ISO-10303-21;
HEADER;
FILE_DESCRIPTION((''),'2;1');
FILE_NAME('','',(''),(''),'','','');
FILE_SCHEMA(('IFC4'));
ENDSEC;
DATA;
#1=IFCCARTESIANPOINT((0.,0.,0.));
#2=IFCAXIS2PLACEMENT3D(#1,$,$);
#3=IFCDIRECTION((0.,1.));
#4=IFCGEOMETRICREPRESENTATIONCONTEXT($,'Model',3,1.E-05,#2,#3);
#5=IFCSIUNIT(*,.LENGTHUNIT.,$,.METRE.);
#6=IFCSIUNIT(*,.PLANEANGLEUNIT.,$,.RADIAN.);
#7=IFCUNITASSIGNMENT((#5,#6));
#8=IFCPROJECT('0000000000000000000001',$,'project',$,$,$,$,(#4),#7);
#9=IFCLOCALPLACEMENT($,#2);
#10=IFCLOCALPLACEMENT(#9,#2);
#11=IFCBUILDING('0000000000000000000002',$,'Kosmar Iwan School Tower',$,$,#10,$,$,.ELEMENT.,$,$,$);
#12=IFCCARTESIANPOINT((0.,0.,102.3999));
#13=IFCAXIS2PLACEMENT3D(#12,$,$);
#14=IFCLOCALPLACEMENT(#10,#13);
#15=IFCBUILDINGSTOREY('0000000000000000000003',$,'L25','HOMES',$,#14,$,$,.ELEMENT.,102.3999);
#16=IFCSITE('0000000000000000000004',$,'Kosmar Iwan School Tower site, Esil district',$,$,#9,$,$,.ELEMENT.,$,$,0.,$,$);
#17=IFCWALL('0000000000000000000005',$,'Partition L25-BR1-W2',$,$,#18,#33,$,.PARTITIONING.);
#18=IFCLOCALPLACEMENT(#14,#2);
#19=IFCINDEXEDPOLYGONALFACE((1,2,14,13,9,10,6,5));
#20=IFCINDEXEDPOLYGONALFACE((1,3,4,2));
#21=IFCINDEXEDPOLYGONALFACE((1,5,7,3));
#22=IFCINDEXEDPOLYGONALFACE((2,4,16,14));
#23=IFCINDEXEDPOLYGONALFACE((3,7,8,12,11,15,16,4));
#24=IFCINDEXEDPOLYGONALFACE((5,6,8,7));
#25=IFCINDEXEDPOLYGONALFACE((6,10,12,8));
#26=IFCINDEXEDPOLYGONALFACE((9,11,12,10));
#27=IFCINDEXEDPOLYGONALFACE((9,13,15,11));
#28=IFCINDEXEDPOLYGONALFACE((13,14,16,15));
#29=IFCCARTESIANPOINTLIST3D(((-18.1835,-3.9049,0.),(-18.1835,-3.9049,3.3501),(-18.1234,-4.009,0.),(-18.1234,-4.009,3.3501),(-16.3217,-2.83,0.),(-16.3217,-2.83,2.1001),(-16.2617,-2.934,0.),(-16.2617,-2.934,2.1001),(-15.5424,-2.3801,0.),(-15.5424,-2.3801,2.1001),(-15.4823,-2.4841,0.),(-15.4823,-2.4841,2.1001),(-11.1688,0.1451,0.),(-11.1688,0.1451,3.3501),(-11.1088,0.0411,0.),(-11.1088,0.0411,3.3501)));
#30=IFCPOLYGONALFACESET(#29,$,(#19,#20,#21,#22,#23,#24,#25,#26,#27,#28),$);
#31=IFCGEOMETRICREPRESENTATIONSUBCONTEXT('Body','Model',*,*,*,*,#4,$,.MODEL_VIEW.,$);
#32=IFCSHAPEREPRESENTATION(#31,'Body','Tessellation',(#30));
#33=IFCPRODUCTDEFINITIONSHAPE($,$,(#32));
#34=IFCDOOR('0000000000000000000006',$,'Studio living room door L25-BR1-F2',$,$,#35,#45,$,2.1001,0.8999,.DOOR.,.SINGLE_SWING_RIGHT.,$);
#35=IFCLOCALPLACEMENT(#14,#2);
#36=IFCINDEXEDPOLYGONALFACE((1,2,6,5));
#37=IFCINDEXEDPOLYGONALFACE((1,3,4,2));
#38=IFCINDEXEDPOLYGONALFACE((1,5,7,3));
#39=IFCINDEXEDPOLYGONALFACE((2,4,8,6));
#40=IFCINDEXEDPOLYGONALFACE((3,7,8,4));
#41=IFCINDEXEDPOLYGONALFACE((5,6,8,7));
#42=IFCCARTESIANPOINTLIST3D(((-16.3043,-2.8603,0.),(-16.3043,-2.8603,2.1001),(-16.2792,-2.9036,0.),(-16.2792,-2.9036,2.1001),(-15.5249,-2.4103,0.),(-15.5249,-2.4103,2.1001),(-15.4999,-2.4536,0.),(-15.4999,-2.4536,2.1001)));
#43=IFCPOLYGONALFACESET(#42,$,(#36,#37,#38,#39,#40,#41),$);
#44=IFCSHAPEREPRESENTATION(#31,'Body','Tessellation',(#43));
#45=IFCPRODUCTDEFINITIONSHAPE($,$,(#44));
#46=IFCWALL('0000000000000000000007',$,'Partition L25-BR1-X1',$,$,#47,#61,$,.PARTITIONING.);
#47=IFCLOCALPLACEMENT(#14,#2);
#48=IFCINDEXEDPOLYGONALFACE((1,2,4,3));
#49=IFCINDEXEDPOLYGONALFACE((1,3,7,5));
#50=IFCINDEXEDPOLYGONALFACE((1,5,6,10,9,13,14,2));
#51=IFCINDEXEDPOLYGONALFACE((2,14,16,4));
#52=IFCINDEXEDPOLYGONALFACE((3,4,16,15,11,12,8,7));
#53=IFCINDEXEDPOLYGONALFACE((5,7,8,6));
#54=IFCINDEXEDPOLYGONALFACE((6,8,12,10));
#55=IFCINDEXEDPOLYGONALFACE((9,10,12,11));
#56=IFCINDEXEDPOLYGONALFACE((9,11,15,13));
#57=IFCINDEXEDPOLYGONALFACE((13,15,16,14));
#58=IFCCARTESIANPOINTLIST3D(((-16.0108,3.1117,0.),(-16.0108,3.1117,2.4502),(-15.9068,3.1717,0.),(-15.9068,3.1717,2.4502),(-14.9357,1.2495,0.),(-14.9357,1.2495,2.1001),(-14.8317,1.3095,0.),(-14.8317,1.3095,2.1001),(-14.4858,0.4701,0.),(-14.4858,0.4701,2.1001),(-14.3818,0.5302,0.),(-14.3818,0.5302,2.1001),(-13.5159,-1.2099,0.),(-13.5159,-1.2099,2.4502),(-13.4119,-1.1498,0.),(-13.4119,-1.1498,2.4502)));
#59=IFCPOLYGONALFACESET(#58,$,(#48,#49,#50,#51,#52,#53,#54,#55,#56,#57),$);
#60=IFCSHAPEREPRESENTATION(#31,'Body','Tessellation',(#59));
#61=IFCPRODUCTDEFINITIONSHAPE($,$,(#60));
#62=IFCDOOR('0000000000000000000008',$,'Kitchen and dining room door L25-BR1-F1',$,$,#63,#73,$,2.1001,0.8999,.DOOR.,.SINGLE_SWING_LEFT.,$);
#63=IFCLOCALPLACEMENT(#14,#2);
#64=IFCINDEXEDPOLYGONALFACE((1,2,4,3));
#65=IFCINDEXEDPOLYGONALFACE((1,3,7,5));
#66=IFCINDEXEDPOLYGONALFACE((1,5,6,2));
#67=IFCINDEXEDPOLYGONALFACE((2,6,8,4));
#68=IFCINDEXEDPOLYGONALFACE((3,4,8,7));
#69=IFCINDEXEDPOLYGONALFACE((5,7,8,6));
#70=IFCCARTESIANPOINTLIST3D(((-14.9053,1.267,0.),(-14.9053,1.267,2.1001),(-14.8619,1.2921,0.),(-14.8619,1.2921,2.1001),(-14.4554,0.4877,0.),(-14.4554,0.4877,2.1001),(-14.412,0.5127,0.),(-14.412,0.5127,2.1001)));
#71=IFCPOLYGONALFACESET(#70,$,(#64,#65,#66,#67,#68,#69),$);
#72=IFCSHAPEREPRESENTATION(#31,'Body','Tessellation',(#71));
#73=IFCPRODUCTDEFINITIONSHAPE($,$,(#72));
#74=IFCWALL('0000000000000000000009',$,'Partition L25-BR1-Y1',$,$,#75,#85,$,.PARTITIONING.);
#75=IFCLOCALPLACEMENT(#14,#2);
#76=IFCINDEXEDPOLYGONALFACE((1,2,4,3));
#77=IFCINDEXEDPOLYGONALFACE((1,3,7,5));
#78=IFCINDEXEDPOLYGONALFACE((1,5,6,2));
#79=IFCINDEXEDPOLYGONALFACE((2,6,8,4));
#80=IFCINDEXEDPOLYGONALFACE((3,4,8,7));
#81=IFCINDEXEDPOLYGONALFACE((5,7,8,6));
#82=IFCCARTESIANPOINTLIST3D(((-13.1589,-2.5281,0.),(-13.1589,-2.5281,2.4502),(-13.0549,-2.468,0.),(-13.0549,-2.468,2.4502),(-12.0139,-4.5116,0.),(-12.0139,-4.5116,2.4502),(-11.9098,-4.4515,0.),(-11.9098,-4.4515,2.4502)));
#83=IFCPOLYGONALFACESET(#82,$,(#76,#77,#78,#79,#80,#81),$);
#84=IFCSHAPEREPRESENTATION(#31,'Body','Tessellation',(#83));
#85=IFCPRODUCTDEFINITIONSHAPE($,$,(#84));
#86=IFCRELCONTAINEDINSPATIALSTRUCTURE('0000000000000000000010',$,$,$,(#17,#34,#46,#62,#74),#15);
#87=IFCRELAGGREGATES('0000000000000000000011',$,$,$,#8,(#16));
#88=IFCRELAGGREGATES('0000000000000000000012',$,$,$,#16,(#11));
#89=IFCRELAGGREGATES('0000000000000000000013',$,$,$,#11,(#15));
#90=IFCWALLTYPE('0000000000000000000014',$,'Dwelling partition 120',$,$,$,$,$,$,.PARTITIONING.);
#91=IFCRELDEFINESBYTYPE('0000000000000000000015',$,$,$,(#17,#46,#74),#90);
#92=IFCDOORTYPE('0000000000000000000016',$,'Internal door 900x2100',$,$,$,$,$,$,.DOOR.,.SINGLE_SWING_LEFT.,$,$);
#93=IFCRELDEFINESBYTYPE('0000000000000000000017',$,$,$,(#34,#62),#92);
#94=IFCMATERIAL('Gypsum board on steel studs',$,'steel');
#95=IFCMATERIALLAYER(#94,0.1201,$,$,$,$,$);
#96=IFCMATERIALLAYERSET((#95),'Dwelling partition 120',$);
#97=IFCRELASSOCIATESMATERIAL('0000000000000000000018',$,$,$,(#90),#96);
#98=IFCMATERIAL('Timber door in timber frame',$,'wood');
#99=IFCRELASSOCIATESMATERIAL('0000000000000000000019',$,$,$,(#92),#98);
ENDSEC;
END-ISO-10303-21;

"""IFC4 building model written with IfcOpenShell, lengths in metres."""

from ifc_helpers import new_model, si_unit, direction, frame, frame_2d, origin, place, context, subcontext, project, spatial, rectangle, extrude, material, layer, layer_set, type_object, element, fill, save


model = new_model("IFC4")

# Units and contexts
model_context = context("Model", 3, precision=1e-05, world=origin(), true_north=direction((0.0, 1.0)))
body_context = subcontext(model_context, "Body", "Model", "MODEL_VIEW")
ifc_project = project(units=[si_unit("LENGTHUNIT", "METRE"), si_unit("PLANEANGLEUNIT", "RADIAN")], contexts=[model_context])

# Site, building, storey
site_placement = place(None, origin())
site = spatial("IfcSite", under=ifc_project, at=site_placement, Name="Kosmar Iwan School Tower site, Esil district", CompositionType="ELEMENT", RefElevation=0.0)
building_placement = place(site_placement, origin())
building = spatial("IfcBuilding", under=site, at=building_placement, Name="Kosmar Iwan School Tower", CompositionType="ELEMENT")
storey_placement = place(building_placement, frame((0.0, 0.0, 102.3999)))
storey = spatial("IfcBuildingStorey", under=building, at=storey_placement, Name="L25", Description="HOMES", CompositionType="ELEMENT", Elevation=102.3999)

# Shared definitions
ifc_material_1 = material(Name="Gypsum board on steel studs", Category="steel")
ifc_layer_1 = layer(ifc_material_1, 0.1201)
ifc_layer_set_1 = layer_set([ifc_layer_1], Name="Dwelling partition 120")
wall_type_1 = type_object("IfcWallType", Name="Dwelling partition 120", PredefinedType="PARTITIONING", material=ifc_layer_set_1)
ifc_material_2 = material(Name="Timber door in timber frame", Category="wood")
door_type_1 = type_object("IfcDoorType", Name="Internal door 900x2100", OperationType="SINGLE_SWING_LEFT", PredefinedType="DOOR", material=ifc_material_2)

# Walls, openings, doors
wall_1_placement = place(storey_placement, frame((-11.1389, 0.093, 0.0), z_axis=(0.0, 0.0, 1.0), x_axis=(-0.866018, -0.500013, 0.0)))
wall_1 = element("IfcWall", 1, at=wall_1_placement, inside=storey, type_object=wall_type_1, Name="Partition L25-BR1-W2", PredefinedType="PARTITIONING", context=body_context, shape_type="SweptSolid", body=[
    extrude(rectangle(XDim=8.0999, YDim=0.1201, at=frame_2d((4.0498, 0.0))), origin(), (0.0, 0.0, 1.0), 3.3501),
])
opening_1_placement = place(wall_1_placement, frame((5.05, 0.0, 0.0)))
opening_1 = element("IfcOpeningElement", 2, at=opening_1_placement, cuts=wall_1, PredefinedType="OPENING", context=body_context, shape_type="SweptSolid", body=[
    extrude(rectangle(XDim=0.8999, YDim=2.1001, at=frame_2d((0.45, 1.05))), frame((0.0, 0.072, 0.0), z_axis=(0.0, -1.0, 0.0), x_axis=(1.0, 0.0, 0.0)), (0.0, 0.0, 1.0), 0.144),
])
door_1_placement = place(opening_1_placement, origin())
door_1 = element("IfcDoor", 3, at=door_1_placement, inside=storey, type_object=door_type_1, Name="Studio living room door L25-BR1-F2", OperationType="SINGLE_SWING_RIGHT", OverallHeight=2.1001, OverallWidth=0.8999, PredefinedType="DOOR", context=body_context, shape_type="SweptSolid", body=[
    extrude(rectangle(XDim=0.8999, YDim=2.1001, at=frame_2d((0.45, 1.05))), frame((0.0, 0.0249, 0.0), z_axis=(0.0, -1.0, 0.0), x_axis=(1.0, 0.0, 0.0)), (0.0, 0.0, 1.0), 0.05),
])
fill(opening_1, door_1)
wall_2_placement = place(storey_placement, frame((-13.4639, -1.1799, 0.0), z_axis=(0.0, 0.0, 1.0), x_axis=(-0.499975, 0.86604, 0.0)))
wall_2 = element("IfcWall", 4, at=wall_2_placement, inside=storey, type_object=wall_type_1, Name="Partition L25-BR1-X1", PredefinedType="PARTITIONING", context=body_context, shape_type="SweptSolid", body=[
    extrude(rectangle(XDim=4.99, YDim=0.1201, at=frame_2d((2.4951, 0.0))), origin(), (0.0, 0.0, 1.0), 2.4502),
])
opening_2_placement = place(wall_2_placement, frame((1.9399, 0.0, 0.0)))
opening_2 = element("IfcOpeningElement", 5, at=opening_2_placement, cuts=wall_2, PredefinedType="OPENING", context=body_context, shape_type="SweptSolid", body=[
    extrude(rectangle(XDim=0.8999, YDim=2.1001, at=frame_2d((0.45, 1.05))), frame((0.0, 0.072, 0.0), z_axis=(0.0, -1.0, 0.0), x_axis=(1.0, 0.0, 0.0)), (0.0, 0.0, 1.0), 0.144),
])
door_2_placement = place(opening_2_placement, origin())
door_2 = element("IfcDoor", 6, at=door_2_placement, inside=storey, type_object=door_type_1, Name="Kitchen and dining room door L25-BR1-F1", OperationType="SINGLE_SWING_LEFT", OverallHeight=2.1001, OverallWidth=0.8999, PredefinedType="DOOR", context=body_context, shape_type="SweptSolid", body=[
    extrude(rectangle(XDim=0.8999, YDim=2.1001, at=frame_2d((0.45, 1.05))), frame((0.0, 0.0249, 0.0), z_axis=(0.0, -1.0, 0.0), x_axis=(1.0, 0.0, 0.0)), (0.0, 0.0, 1.0), 0.05),
])
fill(opening_2, door_2)

# Wall
wall_3_placement = place(storey_placement, frame((-11.9619, -4.4814, 0.0), z_axis=(0.0, 0.0, 1.0), x_axis=(-0.499969, 0.866044, 0.0)))
element("IfcWall", 7, at=wall_3_placement, inside=storey, type_object=wall_type_1, Name="Partition L25-BR1-Y1", PredefinedType="PARTITIONING", context=body_context, shape_type="SweptSolid", body=[
    extrude(rectangle(XDim=2.2903, YDim=0.1201, at=frame_2d((1.145, 0.0))), origin(), (0.0, 0.0, 1.0), 2.4502),
])

save(model, "model.ifc")
